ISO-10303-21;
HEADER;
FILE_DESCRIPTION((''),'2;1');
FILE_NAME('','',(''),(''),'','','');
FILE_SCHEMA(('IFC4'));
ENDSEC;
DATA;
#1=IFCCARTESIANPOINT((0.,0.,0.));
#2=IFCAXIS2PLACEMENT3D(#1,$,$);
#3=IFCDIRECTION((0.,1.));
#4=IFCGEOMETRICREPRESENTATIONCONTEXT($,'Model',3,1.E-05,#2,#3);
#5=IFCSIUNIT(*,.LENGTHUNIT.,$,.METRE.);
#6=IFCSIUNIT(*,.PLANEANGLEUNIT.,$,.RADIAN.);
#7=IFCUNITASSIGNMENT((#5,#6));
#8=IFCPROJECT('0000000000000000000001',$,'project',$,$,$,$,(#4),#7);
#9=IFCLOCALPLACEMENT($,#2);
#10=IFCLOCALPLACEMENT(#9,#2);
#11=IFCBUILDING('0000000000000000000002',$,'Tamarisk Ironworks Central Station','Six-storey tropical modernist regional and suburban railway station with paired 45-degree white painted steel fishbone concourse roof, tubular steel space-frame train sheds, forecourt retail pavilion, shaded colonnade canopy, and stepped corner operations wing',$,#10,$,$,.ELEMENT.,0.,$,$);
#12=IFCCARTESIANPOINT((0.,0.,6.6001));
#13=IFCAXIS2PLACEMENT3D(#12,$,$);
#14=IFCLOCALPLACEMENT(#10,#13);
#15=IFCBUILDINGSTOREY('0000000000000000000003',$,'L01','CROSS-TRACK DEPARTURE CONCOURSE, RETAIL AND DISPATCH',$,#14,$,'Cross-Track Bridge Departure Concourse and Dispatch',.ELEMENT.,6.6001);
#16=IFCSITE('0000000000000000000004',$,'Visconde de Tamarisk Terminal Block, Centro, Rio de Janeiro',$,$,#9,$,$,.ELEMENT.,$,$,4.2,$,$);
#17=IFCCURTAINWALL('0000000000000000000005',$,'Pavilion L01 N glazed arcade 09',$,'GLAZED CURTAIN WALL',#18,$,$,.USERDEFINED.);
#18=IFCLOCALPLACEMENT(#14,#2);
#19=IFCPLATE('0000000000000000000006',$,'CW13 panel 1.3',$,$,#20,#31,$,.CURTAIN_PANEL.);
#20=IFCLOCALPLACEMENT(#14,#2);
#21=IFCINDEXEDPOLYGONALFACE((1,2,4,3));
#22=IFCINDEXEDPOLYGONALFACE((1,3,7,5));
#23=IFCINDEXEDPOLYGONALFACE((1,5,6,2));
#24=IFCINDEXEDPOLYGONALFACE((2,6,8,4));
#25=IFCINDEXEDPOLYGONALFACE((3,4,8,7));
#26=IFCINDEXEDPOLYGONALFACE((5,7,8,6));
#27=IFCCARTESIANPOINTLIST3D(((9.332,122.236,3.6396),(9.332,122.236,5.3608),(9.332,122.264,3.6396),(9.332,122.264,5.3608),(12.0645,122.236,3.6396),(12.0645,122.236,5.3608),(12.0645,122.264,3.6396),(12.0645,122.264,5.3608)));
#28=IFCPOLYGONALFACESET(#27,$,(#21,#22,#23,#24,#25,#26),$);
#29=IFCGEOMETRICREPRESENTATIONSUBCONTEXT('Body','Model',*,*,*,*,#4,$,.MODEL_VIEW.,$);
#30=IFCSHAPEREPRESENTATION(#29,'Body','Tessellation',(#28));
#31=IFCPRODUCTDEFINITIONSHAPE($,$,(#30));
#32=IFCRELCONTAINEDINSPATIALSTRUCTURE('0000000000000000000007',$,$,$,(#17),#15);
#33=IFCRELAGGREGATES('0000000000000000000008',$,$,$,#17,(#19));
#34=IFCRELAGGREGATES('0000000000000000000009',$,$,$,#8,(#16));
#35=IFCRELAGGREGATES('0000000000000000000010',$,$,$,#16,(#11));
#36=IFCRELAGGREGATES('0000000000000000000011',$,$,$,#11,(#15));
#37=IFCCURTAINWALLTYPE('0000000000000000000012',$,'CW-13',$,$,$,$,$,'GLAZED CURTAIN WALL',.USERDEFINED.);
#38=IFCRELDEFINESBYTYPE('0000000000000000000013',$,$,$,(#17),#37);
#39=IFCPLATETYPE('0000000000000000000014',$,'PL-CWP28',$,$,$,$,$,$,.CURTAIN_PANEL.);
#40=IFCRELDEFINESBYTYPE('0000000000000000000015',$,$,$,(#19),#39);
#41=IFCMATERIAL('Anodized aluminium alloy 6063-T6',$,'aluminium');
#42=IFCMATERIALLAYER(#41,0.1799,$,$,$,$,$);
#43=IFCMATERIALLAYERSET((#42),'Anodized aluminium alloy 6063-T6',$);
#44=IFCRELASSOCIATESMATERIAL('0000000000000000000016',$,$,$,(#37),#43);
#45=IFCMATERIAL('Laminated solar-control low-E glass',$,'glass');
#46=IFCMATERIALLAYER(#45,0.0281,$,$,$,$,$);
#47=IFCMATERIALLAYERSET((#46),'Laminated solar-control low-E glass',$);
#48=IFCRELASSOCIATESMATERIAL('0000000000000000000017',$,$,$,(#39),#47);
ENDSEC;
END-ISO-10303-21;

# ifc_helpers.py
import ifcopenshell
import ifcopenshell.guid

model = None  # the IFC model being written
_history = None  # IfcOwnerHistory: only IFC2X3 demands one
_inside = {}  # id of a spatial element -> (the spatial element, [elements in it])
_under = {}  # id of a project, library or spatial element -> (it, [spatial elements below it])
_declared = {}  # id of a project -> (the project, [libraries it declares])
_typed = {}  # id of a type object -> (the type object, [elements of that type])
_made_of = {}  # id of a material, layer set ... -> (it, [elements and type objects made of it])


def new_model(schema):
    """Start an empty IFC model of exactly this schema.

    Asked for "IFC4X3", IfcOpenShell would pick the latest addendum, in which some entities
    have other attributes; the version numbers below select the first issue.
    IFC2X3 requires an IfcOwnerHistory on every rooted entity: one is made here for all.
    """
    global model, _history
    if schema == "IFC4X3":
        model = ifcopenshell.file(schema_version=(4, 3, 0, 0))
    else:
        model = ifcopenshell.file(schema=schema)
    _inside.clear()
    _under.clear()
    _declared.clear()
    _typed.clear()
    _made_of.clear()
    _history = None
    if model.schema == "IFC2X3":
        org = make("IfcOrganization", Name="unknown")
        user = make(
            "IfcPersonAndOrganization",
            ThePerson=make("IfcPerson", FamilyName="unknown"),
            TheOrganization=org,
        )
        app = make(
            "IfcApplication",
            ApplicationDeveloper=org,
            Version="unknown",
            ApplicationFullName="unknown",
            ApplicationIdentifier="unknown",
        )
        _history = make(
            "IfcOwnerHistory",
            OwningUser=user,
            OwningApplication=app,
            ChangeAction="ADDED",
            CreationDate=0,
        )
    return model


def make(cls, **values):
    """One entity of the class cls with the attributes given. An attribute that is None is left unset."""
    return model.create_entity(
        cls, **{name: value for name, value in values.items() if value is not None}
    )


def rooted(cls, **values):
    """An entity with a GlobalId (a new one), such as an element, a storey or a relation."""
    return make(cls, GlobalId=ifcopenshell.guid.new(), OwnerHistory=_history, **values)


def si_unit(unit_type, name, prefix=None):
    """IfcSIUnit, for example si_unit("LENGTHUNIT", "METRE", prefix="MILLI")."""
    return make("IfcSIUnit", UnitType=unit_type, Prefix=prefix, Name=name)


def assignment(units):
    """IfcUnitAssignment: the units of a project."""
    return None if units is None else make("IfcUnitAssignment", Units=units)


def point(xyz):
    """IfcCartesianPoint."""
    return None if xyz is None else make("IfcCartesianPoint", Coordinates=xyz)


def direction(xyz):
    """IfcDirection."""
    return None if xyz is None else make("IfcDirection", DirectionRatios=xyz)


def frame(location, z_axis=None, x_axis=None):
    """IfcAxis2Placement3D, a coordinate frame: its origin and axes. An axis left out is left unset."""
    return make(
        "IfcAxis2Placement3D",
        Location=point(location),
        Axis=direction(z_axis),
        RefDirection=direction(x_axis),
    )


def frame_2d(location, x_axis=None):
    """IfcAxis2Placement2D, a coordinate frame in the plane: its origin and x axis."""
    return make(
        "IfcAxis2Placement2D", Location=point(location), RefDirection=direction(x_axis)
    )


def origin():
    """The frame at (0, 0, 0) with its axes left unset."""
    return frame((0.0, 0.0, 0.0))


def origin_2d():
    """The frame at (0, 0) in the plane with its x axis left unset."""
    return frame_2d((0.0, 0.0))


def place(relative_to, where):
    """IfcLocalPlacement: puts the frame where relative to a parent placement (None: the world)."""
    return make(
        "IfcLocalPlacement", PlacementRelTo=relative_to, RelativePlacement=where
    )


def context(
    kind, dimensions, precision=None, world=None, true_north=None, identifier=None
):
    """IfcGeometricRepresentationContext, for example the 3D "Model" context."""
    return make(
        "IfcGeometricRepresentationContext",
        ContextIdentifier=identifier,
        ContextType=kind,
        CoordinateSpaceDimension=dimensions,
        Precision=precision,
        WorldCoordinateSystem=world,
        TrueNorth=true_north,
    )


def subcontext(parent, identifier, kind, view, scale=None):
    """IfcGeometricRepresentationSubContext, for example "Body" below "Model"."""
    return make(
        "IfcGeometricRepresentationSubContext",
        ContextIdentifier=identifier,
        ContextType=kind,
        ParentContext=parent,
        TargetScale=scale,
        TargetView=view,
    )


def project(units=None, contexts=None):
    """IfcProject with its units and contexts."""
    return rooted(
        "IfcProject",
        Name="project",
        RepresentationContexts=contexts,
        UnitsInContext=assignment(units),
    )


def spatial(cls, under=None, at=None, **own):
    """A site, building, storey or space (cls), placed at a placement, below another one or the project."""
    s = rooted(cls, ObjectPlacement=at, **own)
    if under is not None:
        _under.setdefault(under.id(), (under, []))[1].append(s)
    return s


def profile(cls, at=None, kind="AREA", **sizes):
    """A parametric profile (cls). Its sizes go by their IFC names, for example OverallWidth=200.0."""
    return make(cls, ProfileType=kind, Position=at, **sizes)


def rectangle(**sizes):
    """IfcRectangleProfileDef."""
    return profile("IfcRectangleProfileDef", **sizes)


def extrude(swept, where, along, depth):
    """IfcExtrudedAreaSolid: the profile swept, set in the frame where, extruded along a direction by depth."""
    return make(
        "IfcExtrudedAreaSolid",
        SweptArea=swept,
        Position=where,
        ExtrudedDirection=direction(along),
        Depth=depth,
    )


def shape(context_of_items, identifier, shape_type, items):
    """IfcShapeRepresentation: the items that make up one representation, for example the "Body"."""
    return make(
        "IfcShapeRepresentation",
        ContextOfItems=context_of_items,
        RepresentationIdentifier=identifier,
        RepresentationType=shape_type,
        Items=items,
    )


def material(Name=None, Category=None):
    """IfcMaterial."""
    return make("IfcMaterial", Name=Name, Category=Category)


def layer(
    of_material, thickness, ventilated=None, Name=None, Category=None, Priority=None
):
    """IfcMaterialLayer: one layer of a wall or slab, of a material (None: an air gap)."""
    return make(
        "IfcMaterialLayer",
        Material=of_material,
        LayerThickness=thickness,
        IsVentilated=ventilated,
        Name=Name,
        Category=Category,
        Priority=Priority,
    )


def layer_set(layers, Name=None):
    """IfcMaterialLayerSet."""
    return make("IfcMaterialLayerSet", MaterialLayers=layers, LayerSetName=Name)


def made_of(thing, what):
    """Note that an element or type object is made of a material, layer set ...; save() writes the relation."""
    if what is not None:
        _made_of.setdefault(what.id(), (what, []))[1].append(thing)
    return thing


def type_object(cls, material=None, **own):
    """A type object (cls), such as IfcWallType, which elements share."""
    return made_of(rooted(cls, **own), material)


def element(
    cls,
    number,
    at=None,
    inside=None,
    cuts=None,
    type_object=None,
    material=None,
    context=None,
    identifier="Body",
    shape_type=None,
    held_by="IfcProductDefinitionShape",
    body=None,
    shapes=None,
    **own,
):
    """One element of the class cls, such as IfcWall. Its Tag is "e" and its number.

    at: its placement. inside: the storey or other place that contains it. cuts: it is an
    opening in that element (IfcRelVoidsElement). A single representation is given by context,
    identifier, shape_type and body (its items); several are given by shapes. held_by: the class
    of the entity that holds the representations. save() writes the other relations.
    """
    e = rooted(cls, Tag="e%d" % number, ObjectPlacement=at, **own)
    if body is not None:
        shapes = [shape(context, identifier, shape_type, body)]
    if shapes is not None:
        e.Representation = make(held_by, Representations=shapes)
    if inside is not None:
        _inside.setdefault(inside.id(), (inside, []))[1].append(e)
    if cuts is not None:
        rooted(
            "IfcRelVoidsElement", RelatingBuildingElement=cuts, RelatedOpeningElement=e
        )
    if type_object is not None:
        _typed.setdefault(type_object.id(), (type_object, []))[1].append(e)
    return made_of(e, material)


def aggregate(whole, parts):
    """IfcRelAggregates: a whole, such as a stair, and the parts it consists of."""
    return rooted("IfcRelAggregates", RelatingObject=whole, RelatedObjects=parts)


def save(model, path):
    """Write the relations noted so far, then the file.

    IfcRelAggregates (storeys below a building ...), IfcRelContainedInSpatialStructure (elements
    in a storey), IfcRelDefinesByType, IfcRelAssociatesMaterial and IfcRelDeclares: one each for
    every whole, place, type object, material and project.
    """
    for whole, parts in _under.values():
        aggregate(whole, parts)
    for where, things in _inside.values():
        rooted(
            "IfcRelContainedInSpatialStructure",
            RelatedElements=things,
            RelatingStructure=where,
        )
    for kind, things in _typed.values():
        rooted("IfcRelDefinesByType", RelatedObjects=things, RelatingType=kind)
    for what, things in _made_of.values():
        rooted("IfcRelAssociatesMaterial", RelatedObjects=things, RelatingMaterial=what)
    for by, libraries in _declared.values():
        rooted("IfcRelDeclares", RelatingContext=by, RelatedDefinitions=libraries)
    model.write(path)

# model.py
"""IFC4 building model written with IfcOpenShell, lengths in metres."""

from ifc_helpers import new_model, si_unit, direction, frame, origin, origin_2d, place, context, subcontext, project, spatial, rectangle, extrude, material, layer, layer_set, type_object, element, aggregate, save


model = new_model("IFC4")

# Units and contexts
model_context = context("Model", 3, precision=1e-05, world=origin(), true_north=direction((0.0, 1.0)))
body_context = subcontext(model_context, "Body", "Model", "MODEL_VIEW")
ifc_project = project(units=[si_unit("LENGTHUNIT", "METRE"), si_unit("PLANEANGLEUNIT", "RADIAN")], contexts=[model_context])

# Site, building, storey
site_placement = place(None, origin())
site = spatial("IfcSite", under=ifc_project, at=site_placement, Name="Visconde de Tamarisk Terminal Block, Centro, Rio de Janeiro", CompositionType="ELEMENT", RefElevation=4.2)
building_placement = place(site_placement, origin())
building = spatial("IfcBuilding", under=site, at=building_placement, Name="Tamarisk Ironworks Central Station", Description="Six-storey tropical modernist regional and suburban railway station with paired 45-degree white painted steel fishbone concourse roof, tubular steel space-frame train sheds, forecourt retail pavilion, shaded colonnade canopy, and stepped corner operations wing", CompositionType="ELEMENT", ElevationOfRefHeight=0.0)
storey_placement = place(building_placement, frame((0.0, 0.0, 6.6001)))
storey = spatial("IfcBuildingStorey", under=building, at=storey_placement, Name="L01", Description="CROSS-TRACK DEPARTURE CONCOURSE, RETAIL AND DISPATCH", LongName="Cross-Track Bridge Departure Concourse and Dispatch", CompositionType="ELEMENT", Elevation=6.6001)

# Curtain wall
ifc_material_1 = material(Name="Anodized aluminium alloy 6063-T6", Category="aluminium")
ifc_layer_1 = layer(ifc_material_1, 0.1799)
ifc_layer_set_1 = layer_set([ifc_layer_1], Name="Anodized aluminium alloy 6063-T6")
curtain_wall_type = type_object("IfcCurtainWallType", Name="CW-13", ElementType="GLAZED CURTAIN WALL", PredefinedType="USERDEFINED", material=ifc_layer_set_1)
curtain_wall_1_placement = place(storey_placement, origin())
curtain_wall_1 = element("IfcCurtainWall", 1, at=curtain_wall_1_placement, inside=storey, type_object=curtain_wall_type, Name="Pavilion L01 N glazed arcade 09", ObjectType="GLAZED CURTAIN WALL", PredefinedType="USERDEFINED")

# Plate
ifc_material_2 = material(Name="Laminated solar-control low-E glass", Category="glass")
ifc_layer_2 = layer(ifc_material_2, 0.0281)
ifc_layer_set_2 = layer_set([ifc_layer_2], Name="Laminated solar-control low-E glass")
plate_type = type_object("IfcPlateType", Name="PL-CWP28", PredefinedType="CURTAIN_PANEL", material=ifc_layer_set_2)
plate_1_placement = place(storey_placement, frame((10.6982, 122.25, 3.6396), z_axis=(0.0, 0.0, 1.0), x_axis=(1.0, 0.0, 0.0)))
plate_1 = element("IfcPlate", 2, at=plate_1_placement, type_object=plate_type, Name="CW13 panel 1.3", PredefinedType="CURTAIN_PANEL", context=body_context, shape_type="SweptSolid", body=[
    extrude(rectangle(XDim=2.7324, YDim=0.0281, at=origin_2d()), origin(), (0.0, 0.0, 1.0), 1.7212),
])
aggregate(curtain_wall_1, [plate_1])

save(model, "model.ifc")
